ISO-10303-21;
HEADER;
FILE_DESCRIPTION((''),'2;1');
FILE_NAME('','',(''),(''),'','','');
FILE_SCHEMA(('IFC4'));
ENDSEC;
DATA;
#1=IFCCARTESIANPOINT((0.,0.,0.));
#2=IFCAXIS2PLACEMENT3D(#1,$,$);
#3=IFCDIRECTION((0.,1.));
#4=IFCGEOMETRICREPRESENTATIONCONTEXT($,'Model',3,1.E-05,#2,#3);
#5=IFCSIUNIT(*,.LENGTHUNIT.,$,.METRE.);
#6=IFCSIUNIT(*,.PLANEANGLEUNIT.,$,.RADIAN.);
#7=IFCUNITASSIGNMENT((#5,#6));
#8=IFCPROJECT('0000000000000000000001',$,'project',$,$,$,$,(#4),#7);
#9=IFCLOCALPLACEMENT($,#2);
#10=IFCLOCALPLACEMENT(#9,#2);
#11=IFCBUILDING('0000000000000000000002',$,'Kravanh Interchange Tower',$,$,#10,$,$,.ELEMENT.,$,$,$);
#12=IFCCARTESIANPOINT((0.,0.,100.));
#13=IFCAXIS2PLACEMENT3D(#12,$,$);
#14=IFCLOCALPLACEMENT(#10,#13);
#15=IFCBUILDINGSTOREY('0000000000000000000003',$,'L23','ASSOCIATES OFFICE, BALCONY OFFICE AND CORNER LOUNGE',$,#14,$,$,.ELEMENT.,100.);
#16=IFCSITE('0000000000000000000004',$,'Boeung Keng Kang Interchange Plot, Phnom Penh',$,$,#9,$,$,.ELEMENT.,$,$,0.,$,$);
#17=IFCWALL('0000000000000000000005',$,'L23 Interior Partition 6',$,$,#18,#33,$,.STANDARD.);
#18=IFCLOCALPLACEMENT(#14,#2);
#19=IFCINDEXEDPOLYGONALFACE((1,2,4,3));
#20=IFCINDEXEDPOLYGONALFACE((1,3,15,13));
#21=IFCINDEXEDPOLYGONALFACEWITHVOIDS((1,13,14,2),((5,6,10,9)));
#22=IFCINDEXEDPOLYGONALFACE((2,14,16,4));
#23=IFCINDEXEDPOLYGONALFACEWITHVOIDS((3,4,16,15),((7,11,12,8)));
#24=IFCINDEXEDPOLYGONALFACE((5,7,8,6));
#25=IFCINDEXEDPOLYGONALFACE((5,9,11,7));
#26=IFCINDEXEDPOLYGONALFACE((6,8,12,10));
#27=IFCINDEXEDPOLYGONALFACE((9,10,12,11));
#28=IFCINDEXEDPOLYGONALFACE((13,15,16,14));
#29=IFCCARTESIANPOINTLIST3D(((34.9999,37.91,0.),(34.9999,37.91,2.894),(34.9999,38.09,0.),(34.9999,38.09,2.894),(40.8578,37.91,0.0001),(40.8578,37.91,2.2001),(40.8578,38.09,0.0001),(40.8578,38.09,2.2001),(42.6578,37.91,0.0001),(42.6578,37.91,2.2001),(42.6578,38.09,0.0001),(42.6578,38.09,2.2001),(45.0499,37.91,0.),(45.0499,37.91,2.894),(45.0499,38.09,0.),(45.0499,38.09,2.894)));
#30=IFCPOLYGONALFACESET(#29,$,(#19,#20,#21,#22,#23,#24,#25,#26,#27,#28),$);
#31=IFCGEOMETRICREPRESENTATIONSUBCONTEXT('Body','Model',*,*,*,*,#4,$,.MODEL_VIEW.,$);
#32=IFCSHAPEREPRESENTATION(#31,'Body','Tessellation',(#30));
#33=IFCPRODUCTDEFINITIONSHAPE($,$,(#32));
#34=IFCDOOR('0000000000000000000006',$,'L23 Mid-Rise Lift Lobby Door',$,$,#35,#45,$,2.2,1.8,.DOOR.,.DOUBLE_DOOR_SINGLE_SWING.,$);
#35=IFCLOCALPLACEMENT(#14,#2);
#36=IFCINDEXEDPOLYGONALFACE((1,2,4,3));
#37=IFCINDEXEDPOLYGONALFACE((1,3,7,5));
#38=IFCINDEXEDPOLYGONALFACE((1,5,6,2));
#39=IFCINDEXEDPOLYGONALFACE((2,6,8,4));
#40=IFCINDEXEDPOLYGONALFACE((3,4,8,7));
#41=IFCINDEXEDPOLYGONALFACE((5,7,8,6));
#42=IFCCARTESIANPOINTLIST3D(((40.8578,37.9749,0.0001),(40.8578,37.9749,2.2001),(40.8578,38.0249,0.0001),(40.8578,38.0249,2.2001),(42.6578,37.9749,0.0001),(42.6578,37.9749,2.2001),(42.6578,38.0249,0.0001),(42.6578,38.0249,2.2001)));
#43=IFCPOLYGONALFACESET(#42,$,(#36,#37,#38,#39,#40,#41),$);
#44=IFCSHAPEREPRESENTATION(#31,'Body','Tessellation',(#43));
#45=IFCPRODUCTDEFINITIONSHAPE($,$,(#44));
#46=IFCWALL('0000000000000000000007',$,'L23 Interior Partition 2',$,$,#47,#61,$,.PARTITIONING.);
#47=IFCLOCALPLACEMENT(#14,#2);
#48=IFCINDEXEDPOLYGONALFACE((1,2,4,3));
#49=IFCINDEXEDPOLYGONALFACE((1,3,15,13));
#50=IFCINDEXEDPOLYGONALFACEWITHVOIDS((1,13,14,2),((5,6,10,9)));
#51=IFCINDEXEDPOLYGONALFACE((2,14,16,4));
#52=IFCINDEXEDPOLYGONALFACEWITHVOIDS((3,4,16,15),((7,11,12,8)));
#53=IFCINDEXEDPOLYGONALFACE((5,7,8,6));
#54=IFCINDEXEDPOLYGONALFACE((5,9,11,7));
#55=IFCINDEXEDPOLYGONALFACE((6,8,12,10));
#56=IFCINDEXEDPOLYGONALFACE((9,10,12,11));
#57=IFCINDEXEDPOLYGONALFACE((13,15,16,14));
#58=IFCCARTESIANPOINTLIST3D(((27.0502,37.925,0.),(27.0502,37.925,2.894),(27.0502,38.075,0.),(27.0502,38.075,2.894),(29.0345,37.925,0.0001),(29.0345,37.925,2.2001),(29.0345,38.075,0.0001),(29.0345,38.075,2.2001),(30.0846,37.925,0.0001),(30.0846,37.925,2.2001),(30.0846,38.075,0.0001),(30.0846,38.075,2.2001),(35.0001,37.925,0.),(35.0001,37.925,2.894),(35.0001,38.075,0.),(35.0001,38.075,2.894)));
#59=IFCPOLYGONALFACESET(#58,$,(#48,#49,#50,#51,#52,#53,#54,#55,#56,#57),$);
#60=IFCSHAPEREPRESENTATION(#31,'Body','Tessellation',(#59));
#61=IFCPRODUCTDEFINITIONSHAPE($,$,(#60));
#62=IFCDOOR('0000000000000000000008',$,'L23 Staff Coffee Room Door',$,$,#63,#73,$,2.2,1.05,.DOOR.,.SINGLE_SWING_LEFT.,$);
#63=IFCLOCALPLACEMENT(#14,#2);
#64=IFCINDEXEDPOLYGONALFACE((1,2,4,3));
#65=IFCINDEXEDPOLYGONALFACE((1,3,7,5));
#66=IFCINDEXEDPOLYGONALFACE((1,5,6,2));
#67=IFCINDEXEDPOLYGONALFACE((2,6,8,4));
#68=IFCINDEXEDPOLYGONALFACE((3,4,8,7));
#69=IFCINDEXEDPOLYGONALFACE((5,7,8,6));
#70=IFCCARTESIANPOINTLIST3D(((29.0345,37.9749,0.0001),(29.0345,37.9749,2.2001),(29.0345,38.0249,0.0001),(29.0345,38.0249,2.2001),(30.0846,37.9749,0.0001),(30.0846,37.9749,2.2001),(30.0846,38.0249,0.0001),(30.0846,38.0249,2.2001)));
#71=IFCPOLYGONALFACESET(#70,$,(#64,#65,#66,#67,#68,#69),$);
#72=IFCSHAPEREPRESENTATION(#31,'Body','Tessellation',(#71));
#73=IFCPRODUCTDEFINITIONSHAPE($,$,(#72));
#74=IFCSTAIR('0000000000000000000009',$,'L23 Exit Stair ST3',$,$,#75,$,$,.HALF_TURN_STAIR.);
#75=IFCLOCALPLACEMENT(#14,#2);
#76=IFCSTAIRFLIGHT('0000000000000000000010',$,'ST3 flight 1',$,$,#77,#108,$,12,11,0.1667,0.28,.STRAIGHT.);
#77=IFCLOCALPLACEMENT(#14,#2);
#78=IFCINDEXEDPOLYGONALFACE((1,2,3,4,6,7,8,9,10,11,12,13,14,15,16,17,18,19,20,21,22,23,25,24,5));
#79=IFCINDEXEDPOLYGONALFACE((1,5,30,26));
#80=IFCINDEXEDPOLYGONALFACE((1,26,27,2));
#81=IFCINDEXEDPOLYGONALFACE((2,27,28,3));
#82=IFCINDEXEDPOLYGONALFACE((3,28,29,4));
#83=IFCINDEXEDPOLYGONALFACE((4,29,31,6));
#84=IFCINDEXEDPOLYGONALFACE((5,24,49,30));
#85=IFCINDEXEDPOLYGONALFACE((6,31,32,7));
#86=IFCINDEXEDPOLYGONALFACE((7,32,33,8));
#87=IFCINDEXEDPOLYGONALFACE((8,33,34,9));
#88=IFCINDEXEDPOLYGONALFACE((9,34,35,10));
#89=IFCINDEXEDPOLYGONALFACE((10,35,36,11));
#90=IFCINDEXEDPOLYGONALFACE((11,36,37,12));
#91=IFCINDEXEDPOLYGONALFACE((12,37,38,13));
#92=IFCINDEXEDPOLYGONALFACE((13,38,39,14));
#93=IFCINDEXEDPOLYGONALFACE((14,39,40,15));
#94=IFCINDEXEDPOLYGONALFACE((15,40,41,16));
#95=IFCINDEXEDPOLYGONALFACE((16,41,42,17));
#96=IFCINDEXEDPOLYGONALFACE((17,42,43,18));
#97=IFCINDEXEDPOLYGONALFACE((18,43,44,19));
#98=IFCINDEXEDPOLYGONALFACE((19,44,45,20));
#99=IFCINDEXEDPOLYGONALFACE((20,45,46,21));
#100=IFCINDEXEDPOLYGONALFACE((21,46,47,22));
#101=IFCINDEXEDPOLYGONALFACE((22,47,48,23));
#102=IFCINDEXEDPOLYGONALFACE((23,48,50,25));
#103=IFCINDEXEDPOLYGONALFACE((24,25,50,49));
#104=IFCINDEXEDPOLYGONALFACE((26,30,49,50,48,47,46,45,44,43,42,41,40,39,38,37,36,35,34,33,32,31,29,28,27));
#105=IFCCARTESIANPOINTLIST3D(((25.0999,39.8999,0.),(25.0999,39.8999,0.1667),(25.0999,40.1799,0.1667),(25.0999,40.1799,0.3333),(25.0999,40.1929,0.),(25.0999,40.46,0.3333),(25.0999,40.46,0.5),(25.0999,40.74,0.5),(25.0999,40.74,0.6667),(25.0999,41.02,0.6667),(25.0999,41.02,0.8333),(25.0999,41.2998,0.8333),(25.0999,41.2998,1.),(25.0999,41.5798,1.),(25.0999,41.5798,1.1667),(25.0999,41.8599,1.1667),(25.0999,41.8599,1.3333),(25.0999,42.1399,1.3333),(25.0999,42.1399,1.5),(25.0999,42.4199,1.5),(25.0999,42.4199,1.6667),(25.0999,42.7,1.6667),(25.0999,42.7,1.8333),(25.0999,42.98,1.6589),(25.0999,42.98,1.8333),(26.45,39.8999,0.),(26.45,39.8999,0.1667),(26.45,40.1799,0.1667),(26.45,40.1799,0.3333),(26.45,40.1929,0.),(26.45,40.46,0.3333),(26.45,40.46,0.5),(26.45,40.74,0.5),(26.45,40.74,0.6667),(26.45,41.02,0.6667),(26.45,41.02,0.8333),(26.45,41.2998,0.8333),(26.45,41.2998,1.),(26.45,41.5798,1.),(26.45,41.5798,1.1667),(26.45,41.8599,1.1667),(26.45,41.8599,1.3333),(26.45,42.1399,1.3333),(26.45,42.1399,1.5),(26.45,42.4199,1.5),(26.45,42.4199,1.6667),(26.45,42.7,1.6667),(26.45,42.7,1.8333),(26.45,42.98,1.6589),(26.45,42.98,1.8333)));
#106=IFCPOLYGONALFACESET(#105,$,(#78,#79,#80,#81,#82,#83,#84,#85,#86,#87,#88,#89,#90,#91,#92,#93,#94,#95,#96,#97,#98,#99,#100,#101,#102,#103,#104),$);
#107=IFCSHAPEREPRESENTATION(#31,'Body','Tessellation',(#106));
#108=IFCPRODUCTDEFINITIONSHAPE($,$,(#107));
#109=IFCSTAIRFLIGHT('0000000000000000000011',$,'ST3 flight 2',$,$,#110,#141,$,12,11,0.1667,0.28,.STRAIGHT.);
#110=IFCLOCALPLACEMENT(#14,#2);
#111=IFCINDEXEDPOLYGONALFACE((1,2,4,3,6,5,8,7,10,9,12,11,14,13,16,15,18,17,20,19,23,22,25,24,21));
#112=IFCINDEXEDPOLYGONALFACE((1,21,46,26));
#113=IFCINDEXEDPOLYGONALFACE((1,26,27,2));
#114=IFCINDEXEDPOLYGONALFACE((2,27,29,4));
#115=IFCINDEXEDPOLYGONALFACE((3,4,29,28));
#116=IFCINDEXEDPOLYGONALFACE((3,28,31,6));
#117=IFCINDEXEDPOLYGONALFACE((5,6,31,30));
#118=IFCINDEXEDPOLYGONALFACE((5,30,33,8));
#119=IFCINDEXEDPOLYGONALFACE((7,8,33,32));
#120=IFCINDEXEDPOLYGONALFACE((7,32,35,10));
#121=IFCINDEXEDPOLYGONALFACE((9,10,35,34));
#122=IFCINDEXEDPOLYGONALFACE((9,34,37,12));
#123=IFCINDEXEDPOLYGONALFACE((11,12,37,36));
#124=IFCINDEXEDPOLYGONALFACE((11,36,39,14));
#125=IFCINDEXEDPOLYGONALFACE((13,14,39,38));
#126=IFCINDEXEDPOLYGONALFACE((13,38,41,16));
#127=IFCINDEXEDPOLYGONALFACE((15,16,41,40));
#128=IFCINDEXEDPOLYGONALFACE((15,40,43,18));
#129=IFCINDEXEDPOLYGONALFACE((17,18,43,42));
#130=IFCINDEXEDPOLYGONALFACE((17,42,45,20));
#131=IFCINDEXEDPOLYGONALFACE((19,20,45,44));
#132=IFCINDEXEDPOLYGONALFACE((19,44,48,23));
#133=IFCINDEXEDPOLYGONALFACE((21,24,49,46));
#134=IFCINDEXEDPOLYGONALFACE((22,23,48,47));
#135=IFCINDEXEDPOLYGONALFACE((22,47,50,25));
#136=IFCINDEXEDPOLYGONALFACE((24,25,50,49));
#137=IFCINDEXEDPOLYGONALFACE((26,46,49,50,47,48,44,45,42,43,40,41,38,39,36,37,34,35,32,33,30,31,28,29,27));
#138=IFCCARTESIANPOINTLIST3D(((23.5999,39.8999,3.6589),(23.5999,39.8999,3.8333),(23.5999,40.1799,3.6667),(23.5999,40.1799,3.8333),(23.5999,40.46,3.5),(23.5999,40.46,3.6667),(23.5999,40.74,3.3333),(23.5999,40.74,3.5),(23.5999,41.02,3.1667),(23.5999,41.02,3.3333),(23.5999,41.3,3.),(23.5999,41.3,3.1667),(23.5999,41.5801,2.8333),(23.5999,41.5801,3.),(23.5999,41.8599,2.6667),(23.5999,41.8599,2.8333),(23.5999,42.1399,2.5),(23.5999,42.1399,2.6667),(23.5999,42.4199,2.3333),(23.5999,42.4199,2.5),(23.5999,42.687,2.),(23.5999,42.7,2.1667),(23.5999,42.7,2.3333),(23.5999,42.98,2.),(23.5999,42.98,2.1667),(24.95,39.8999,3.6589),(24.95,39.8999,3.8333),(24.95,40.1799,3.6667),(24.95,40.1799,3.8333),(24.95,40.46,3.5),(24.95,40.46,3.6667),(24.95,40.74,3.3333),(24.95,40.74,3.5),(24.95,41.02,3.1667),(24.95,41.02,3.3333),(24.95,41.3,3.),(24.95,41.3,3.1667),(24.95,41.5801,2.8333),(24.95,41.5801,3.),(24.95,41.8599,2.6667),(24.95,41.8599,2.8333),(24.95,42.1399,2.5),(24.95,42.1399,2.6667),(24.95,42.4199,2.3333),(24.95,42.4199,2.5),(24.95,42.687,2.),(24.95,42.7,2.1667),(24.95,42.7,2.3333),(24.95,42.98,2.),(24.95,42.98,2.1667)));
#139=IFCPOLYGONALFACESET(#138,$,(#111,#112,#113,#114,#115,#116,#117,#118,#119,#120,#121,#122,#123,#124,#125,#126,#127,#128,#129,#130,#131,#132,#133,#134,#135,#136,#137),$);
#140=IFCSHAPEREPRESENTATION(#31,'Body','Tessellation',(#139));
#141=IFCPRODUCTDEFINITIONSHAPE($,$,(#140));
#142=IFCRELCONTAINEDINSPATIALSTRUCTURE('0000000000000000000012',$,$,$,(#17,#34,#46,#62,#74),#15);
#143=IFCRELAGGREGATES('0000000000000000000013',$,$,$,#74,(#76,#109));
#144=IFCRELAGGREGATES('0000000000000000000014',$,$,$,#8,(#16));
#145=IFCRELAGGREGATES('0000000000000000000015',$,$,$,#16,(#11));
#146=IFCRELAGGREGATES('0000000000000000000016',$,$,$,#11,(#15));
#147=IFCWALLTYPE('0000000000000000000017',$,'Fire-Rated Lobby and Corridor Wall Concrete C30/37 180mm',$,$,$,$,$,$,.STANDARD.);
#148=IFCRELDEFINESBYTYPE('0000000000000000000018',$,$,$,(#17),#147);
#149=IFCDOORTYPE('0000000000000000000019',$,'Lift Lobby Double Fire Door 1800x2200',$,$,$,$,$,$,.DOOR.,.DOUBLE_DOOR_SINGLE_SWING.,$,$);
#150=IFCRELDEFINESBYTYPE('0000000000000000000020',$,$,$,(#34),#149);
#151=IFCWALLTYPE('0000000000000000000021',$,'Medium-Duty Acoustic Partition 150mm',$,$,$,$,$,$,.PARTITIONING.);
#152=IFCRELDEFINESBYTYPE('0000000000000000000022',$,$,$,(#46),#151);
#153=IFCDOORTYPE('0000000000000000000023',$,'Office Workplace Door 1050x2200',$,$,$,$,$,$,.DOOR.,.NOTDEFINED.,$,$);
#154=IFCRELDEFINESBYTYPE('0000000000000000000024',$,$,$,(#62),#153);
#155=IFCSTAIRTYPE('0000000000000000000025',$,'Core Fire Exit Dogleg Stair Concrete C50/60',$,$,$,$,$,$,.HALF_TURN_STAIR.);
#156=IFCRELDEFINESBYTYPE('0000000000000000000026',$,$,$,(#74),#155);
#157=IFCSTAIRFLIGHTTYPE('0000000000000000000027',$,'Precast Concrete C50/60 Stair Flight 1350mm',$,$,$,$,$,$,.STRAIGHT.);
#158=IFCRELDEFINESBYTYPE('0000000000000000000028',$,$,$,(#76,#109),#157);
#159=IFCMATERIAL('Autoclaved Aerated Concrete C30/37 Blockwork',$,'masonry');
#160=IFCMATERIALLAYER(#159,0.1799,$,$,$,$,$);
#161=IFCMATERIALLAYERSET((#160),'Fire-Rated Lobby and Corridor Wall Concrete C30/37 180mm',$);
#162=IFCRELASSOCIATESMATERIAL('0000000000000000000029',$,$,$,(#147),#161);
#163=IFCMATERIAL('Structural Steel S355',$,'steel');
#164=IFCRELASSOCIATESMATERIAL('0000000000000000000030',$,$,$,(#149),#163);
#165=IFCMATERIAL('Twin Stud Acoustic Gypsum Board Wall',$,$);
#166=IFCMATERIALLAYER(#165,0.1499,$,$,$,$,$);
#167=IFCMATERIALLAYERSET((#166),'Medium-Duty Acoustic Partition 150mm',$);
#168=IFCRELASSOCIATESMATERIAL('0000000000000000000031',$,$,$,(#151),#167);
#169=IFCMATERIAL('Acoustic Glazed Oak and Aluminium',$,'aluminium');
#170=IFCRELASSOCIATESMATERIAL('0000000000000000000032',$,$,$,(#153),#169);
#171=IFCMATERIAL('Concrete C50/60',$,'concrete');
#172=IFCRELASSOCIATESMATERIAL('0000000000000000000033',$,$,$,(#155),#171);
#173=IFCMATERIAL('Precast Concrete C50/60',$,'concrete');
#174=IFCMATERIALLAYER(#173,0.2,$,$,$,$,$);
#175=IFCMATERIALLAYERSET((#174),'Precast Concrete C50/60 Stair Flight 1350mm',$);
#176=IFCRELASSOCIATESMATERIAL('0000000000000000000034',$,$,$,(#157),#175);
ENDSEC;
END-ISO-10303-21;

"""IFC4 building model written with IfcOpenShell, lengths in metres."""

from ifc_helpers import new_model, si_unit, direction, frame, frame_2d, origin, place, context, subcontext, project, spatial, polyline, rectangle, outline, extrude, material, layer, layer_set, type_object, element, fill, aggregate, save


model = new_model("IFC4")

# Units and contexts
model_context = context("Model", 3, precision=1e-05, world=origin(), true_north=direction((0.0, 1.0)))
body_context = subcontext(model_context, "Body", "Model", "MODEL_VIEW")
ifc_project = project(units=[si_unit("LENGTHUNIT", "METRE"), si_unit("PLANEANGLEUNIT", "RADIAN")], contexts=[model_context])

# Site, building, storey
site_placement = place(None, origin())
site = spatial("IfcSite", under=ifc_project, at=site_placement, Name="Boeung Keng Kang Interchange Plot, Phnom Penh", CompositionType="ELEMENT", RefElevation=0.0)
building_placement = place(site_placement, origin())
building = spatial("IfcBuilding", under=site, at=building_placement, Name="Kravanh Interchange Tower", CompositionType="ELEMENT")
storey_placement = place(building_placement, frame((0.0, 0.0, 100.0)))
storey = spatial("IfcBuildingStorey", under=building, at=storey_placement, Name="L23", Description="ASSOCIATES OFFICE, BALCONY OFFICE AND CORNER LOUNGE", CompositionType="ELEMENT", Elevation=100.0)

# Shared definitions
ifc_material_1 = material(Name="Autoclaved Aerated Concrete C30/37 Blockwork", Category="masonry")
ifc_layer_1 = layer(ifc_material_1, 0.1799)
ifc_layer_set_1 = layer_set([ifc_layer_1], Name="Fire-Rated Lobby and Corridor Wall Concrete C30/37 180mm")
wall_type_1 = type_object("IfcWallType", Name="Fire-Rated Lobby and Corridor Wall Concrete C30/37 180mm", PredefinedType="STANDARD", material=ifc_layer_set_1)

# Walls, openings, doors
wall_1_placement = place(storey_placement, frame((35.0, 38.0, 0.0), z_axis=(0.0, 0.0, 1.0), x_axis=(1.0, 0.0, 0.0)))
wall_1 = element("IfcWall", 1, at=wall_1_placement, inside=storey, type_object=wall_type_1, Name="L23 Interior Partition 6", PredefinedType="STANDARD", context=body_context, shape_type="SweptSolid", body=[
    extrude(rectangle(XDim=10.05, YDim=0.1799, at=frame_2d((5.0249, 0.0))), origin(), (0.0, 0.0, 1.0), 2.894),
])
opening_1_placement = place(wall_1_placement, frame((5.8579, 0.0, 0.0)))
opening_1 = element("IfcOpeningElement", 2, at=opening_1_placement, cuts=wall_1, PredefinedType="OPENING", context=body_context, shape_type="SweptSolid", body=[
    extrude(rectangle(XDim=1.8, YDim=2.2, at=frame_2d((0.8999, 1.1001))), frame((0.0, 0.1001, 0.0), z_axis=(0.0, -1.0, 0.0), x_axis=(1.0, 0.0, 0.0)), (0.0, 0.0, 1.0), 0.2),
])
ifc_material_2 = material(Name="Structural Steel S355", Category="steel")
door_type_1 = type_object("IfcDoorType", Name="Lift Lobby Double Fire Door 1800x2200", OperationType="DOUBLE_DOOR_SINGLE_SWING", PredefinedType="DOOR", material=ifc_material_2)
door_1_placement = place(opening_1_placement, origin())
door_1 = element("IfcDoor", 3, at=door_1_placement, inside=storey, type_object=door_type_1, Name="L23 Mid-Rise Lift Lobby Door", OperationType="DOUBLE_DOOR_SINGLE_SWING", OverallHeight=2.2, OverallWidth=1.8, PredefinedType="DOOR", context=body_context, shape_type="SweptSolid", body=[
    extrude(rectangle(XDim=1.8, YDim=2.2, at=frame_2d((0.8999, 1.1001))), frame((0.0, 0.0249, 0.0), z_axis=(0.0, -1.0, 0.0), x_axis=(1.0, 0.0, 0.0)), (0.0, 0.0, 1.0), 0.05),
])
fill(opening_1, door_1)
ifc_material_3 = material(Name="Twin Stud Acoustic Gypsum Board Wall")
ifc_layer_2 = layer(ifc_material_3, 0.1499)
ifc_layer_set_2 = layer_set([ifc_layer_2], Name="Medium-Duty Acoustic Partition 150mm")
wall_type_2 = type_object("IfcWallType", Name="Medium-Duty Acoustic Partition 150mm", PredefinedType="PARTITIONING", material=ifc_layer_set_2)
wall_2_placement = place(storey_placement, frame((27.05, 38.0, 0.0), z_axis=(0.0, 0.0, 1.0), x_axis=(1.0, 0.0, 0.0)))
wall_2 = element("IfcWall", 4, at=wall_2_placement, inside=storey, type_object=wall_type_2, Name="L23 Interior Partition 2", PredefinedType="PARTITIONING", context=body_context, shape_type="SweptSolid", body=[
    extrude(rectangle(XDim=7.95, YDim=0.1499, at=frame_2d((3.9751, 0.0))), origin(), (0.0, 0.0, 1.0), 2.894),
])
opening_2_placement = place(wall_2_placement, frame((1.9846, 0.0, 0.0)))
opening_2 = element("IfcOpeningElement", 5, at=opening_2_placement, cuts=wall_2, PredefinedType="OPENING", context=body_context, shape_type="SweptSolid", body=[
    extrude(rectangle(XDim=1.05, YDim=2.2, at=frame_2d((0.5249, 1.1001))), frame((0.0, 0.085, 0.0), z_axis=(0.0, -1.0, 0.0), x_axis=(1.0, 0.0, 0.0)), (0.0, 0.0, 1.0), 0.1699),
])
ifc_material_4 = material(Name="Acoustic Glazed Oak and Aluminium", Category="aluminium")
door_type_2 = type_object("IfcDoorType", Name="Office Workplace Door 1050x2200", OperationType="NOTDEFINED", PredefinedType="DOOR", material=ifc_material_4)
door_2_placement = place(opening_2_placement, origin())
door_2 = element("IfcDoor", 6, at=door_2_placement, inside=storey, type_object=door_type_2, Name="L23 Staff Coffee Room Door", OperationType="SINGLE_SWING_LEFT", OverallHeight=2.2, OverallWidth=1.05, PredefinedType="DOOR", context=body_context, shape_type="SweptSolid", body=[
    extrude(rectangle(XDim=1.05, YDim=2.2, at=frame_2d((0.5249, 1.1001))), frame((0.0, 0.0249, 0.0), z_axis=(0.0, -1.0, 0.0), x_axis=(1.0, 0.0, 0.0)), (0.0, 0.0, 1.0), 0.05),
])
fill(opening_2, door_2)

# Stair, stair flights
ifc_material_5 = material(Name="Concrete C50/60", Category="concrete")
stair_type = type_object("IfcStairType", Name="Core Fire Exit Dogleg Stair Concrete C50/60", PredefinedType="HALF_TURN_STAIR", material=ifc_material_5)
stair_placement = place(storey_placement, origin())
stair = element("IfcStair", 7, at=stair_placement, inside=storey, type_object=stair_type, Name="L23 Exit Stair ST3", PredefinedType="HALF_TURN_STAIR")
ifc_material_6 = material(Name="Precast Concrete C50/60", Category="concrete")
ifc_layer_3 = layer(ifc_material_6, 0.2)
ifc_layer_set_3 = layer_set([ifc_layer_3], Name="Precast Concrete C50/60 Stair Flight 1350mm")
stair_flight_type = type_object("IfcStairFlightType", Name="Precast Concrete C50/60 Stair Flight 1350mm", PredefinedType="STRAIGHT", material=ifc_layer_set_3)
stair_flight_1_placement = place(storey_placement, frame((25.7749, 39.8999, 0.0), z_axis=(0.0, 0.0, 1.0), x_axis=(0.0, 1.0, 0.0)))
stair_flight_1 = element("IfcStairFlight", 8, at=stair_flight_1_placement, type_object=stair_flight_type, Name="ST3 flight 1", NumberOfRisers=12, NumberOfTreads=11, PredefinedType="STRAIGHT", RiserHeight=0.1667, TreadLength=0.28, context=body_context, shape_type="SweptSolid", body=[
    extrude(outline(polyline([(0.0, 0.0), (0.0, 0.1667), (0.28, 0.1667), (0.28, 0.3333), (0.5601, 0.3333), (0.5601, 0.5), (0.8401, 0.5), (0.8401, 0.6667), (1.1201, 0.6667), (1.1201, 0.8333), (1.3999, 0.8333), (1.3999, 1.0), (1.6799, 1.0), (1.6799, 1.1667), (1.96, 1.1667), (1.96, 1.3333), (2.24, 1.3333), (2.24, 1.5), (2.52, 1.5), (2.52, 1.6667), (2.8, 1.6667), (2.8, 1.8333), (3.0801, 1.8333), (3.0801, 2.0), (3.0801, 1.6589), (0.293, 0.0), (0.0, 0.0)])), frame((0.0, 0.675, 0.0), z_axis=(0.0, -1.0, 0.0), x_axis=(1.0, 0.0, 0.0)), (0.0, 0.0, 1.0), 1.3501),
])
stair_flight_2_placement = place(storey_placement, frame((24.2749, 42.98, 2.0), z_axis=(0.0, 0.0, 1.0), x_axis=(0.0, -1.0, 0.0)))
stair_flight_2 = element("IfcStairFlight", 9, at=stair_flight_2_placement, type_object=stair_flight_type, Name="ST3 flight 2", NumberOfRisers=12, NumberOfTreads=11, PredefinedType="STRAIGHT", RiserHeight=0.1667, TreadLength=0.28, context=body_context, shape_type="SweptSolid", body=[
    extrude(outline(polyline([(0.0, 0.0), (0.0, 0.1667), (0.28, 0.1667), (0.28, 0.3333), (0.5601, 0.3333), (0.5601, 0.5), (0.8401, 0.5), (0.8401, 0.6667), (1.1201, 0.6667), (1.1201, 0.8333), (1.3999, 0.8333), (1.3999, 1.0), (1.6799, 1.0), (1.6799, 1.1667), (1.96, 1.1667), (1.96, 1.3333), (2.24, 1.3333), (2.24, 1.5), (2.52, 1.5), (2.52, 1.6667), (2.8, 1.6667), (2.8, 1.8333), (3.0801, 1.8333), (3.0801, 2.0), (3.0801, 1.6589), (0.293, 0.0), (0.0, 0.0)])), frame((0.0, 0.675, 0.0), z_axis=(0.0, -1.0, 0.0), x_axis=(1.0, 0.0, 0.0)), (0.0, 0.0, 1.0), 1.3501),
])
aggregate(stair, [stair_flight_1, stair_flight_2])

save(model, "model.ifc")
